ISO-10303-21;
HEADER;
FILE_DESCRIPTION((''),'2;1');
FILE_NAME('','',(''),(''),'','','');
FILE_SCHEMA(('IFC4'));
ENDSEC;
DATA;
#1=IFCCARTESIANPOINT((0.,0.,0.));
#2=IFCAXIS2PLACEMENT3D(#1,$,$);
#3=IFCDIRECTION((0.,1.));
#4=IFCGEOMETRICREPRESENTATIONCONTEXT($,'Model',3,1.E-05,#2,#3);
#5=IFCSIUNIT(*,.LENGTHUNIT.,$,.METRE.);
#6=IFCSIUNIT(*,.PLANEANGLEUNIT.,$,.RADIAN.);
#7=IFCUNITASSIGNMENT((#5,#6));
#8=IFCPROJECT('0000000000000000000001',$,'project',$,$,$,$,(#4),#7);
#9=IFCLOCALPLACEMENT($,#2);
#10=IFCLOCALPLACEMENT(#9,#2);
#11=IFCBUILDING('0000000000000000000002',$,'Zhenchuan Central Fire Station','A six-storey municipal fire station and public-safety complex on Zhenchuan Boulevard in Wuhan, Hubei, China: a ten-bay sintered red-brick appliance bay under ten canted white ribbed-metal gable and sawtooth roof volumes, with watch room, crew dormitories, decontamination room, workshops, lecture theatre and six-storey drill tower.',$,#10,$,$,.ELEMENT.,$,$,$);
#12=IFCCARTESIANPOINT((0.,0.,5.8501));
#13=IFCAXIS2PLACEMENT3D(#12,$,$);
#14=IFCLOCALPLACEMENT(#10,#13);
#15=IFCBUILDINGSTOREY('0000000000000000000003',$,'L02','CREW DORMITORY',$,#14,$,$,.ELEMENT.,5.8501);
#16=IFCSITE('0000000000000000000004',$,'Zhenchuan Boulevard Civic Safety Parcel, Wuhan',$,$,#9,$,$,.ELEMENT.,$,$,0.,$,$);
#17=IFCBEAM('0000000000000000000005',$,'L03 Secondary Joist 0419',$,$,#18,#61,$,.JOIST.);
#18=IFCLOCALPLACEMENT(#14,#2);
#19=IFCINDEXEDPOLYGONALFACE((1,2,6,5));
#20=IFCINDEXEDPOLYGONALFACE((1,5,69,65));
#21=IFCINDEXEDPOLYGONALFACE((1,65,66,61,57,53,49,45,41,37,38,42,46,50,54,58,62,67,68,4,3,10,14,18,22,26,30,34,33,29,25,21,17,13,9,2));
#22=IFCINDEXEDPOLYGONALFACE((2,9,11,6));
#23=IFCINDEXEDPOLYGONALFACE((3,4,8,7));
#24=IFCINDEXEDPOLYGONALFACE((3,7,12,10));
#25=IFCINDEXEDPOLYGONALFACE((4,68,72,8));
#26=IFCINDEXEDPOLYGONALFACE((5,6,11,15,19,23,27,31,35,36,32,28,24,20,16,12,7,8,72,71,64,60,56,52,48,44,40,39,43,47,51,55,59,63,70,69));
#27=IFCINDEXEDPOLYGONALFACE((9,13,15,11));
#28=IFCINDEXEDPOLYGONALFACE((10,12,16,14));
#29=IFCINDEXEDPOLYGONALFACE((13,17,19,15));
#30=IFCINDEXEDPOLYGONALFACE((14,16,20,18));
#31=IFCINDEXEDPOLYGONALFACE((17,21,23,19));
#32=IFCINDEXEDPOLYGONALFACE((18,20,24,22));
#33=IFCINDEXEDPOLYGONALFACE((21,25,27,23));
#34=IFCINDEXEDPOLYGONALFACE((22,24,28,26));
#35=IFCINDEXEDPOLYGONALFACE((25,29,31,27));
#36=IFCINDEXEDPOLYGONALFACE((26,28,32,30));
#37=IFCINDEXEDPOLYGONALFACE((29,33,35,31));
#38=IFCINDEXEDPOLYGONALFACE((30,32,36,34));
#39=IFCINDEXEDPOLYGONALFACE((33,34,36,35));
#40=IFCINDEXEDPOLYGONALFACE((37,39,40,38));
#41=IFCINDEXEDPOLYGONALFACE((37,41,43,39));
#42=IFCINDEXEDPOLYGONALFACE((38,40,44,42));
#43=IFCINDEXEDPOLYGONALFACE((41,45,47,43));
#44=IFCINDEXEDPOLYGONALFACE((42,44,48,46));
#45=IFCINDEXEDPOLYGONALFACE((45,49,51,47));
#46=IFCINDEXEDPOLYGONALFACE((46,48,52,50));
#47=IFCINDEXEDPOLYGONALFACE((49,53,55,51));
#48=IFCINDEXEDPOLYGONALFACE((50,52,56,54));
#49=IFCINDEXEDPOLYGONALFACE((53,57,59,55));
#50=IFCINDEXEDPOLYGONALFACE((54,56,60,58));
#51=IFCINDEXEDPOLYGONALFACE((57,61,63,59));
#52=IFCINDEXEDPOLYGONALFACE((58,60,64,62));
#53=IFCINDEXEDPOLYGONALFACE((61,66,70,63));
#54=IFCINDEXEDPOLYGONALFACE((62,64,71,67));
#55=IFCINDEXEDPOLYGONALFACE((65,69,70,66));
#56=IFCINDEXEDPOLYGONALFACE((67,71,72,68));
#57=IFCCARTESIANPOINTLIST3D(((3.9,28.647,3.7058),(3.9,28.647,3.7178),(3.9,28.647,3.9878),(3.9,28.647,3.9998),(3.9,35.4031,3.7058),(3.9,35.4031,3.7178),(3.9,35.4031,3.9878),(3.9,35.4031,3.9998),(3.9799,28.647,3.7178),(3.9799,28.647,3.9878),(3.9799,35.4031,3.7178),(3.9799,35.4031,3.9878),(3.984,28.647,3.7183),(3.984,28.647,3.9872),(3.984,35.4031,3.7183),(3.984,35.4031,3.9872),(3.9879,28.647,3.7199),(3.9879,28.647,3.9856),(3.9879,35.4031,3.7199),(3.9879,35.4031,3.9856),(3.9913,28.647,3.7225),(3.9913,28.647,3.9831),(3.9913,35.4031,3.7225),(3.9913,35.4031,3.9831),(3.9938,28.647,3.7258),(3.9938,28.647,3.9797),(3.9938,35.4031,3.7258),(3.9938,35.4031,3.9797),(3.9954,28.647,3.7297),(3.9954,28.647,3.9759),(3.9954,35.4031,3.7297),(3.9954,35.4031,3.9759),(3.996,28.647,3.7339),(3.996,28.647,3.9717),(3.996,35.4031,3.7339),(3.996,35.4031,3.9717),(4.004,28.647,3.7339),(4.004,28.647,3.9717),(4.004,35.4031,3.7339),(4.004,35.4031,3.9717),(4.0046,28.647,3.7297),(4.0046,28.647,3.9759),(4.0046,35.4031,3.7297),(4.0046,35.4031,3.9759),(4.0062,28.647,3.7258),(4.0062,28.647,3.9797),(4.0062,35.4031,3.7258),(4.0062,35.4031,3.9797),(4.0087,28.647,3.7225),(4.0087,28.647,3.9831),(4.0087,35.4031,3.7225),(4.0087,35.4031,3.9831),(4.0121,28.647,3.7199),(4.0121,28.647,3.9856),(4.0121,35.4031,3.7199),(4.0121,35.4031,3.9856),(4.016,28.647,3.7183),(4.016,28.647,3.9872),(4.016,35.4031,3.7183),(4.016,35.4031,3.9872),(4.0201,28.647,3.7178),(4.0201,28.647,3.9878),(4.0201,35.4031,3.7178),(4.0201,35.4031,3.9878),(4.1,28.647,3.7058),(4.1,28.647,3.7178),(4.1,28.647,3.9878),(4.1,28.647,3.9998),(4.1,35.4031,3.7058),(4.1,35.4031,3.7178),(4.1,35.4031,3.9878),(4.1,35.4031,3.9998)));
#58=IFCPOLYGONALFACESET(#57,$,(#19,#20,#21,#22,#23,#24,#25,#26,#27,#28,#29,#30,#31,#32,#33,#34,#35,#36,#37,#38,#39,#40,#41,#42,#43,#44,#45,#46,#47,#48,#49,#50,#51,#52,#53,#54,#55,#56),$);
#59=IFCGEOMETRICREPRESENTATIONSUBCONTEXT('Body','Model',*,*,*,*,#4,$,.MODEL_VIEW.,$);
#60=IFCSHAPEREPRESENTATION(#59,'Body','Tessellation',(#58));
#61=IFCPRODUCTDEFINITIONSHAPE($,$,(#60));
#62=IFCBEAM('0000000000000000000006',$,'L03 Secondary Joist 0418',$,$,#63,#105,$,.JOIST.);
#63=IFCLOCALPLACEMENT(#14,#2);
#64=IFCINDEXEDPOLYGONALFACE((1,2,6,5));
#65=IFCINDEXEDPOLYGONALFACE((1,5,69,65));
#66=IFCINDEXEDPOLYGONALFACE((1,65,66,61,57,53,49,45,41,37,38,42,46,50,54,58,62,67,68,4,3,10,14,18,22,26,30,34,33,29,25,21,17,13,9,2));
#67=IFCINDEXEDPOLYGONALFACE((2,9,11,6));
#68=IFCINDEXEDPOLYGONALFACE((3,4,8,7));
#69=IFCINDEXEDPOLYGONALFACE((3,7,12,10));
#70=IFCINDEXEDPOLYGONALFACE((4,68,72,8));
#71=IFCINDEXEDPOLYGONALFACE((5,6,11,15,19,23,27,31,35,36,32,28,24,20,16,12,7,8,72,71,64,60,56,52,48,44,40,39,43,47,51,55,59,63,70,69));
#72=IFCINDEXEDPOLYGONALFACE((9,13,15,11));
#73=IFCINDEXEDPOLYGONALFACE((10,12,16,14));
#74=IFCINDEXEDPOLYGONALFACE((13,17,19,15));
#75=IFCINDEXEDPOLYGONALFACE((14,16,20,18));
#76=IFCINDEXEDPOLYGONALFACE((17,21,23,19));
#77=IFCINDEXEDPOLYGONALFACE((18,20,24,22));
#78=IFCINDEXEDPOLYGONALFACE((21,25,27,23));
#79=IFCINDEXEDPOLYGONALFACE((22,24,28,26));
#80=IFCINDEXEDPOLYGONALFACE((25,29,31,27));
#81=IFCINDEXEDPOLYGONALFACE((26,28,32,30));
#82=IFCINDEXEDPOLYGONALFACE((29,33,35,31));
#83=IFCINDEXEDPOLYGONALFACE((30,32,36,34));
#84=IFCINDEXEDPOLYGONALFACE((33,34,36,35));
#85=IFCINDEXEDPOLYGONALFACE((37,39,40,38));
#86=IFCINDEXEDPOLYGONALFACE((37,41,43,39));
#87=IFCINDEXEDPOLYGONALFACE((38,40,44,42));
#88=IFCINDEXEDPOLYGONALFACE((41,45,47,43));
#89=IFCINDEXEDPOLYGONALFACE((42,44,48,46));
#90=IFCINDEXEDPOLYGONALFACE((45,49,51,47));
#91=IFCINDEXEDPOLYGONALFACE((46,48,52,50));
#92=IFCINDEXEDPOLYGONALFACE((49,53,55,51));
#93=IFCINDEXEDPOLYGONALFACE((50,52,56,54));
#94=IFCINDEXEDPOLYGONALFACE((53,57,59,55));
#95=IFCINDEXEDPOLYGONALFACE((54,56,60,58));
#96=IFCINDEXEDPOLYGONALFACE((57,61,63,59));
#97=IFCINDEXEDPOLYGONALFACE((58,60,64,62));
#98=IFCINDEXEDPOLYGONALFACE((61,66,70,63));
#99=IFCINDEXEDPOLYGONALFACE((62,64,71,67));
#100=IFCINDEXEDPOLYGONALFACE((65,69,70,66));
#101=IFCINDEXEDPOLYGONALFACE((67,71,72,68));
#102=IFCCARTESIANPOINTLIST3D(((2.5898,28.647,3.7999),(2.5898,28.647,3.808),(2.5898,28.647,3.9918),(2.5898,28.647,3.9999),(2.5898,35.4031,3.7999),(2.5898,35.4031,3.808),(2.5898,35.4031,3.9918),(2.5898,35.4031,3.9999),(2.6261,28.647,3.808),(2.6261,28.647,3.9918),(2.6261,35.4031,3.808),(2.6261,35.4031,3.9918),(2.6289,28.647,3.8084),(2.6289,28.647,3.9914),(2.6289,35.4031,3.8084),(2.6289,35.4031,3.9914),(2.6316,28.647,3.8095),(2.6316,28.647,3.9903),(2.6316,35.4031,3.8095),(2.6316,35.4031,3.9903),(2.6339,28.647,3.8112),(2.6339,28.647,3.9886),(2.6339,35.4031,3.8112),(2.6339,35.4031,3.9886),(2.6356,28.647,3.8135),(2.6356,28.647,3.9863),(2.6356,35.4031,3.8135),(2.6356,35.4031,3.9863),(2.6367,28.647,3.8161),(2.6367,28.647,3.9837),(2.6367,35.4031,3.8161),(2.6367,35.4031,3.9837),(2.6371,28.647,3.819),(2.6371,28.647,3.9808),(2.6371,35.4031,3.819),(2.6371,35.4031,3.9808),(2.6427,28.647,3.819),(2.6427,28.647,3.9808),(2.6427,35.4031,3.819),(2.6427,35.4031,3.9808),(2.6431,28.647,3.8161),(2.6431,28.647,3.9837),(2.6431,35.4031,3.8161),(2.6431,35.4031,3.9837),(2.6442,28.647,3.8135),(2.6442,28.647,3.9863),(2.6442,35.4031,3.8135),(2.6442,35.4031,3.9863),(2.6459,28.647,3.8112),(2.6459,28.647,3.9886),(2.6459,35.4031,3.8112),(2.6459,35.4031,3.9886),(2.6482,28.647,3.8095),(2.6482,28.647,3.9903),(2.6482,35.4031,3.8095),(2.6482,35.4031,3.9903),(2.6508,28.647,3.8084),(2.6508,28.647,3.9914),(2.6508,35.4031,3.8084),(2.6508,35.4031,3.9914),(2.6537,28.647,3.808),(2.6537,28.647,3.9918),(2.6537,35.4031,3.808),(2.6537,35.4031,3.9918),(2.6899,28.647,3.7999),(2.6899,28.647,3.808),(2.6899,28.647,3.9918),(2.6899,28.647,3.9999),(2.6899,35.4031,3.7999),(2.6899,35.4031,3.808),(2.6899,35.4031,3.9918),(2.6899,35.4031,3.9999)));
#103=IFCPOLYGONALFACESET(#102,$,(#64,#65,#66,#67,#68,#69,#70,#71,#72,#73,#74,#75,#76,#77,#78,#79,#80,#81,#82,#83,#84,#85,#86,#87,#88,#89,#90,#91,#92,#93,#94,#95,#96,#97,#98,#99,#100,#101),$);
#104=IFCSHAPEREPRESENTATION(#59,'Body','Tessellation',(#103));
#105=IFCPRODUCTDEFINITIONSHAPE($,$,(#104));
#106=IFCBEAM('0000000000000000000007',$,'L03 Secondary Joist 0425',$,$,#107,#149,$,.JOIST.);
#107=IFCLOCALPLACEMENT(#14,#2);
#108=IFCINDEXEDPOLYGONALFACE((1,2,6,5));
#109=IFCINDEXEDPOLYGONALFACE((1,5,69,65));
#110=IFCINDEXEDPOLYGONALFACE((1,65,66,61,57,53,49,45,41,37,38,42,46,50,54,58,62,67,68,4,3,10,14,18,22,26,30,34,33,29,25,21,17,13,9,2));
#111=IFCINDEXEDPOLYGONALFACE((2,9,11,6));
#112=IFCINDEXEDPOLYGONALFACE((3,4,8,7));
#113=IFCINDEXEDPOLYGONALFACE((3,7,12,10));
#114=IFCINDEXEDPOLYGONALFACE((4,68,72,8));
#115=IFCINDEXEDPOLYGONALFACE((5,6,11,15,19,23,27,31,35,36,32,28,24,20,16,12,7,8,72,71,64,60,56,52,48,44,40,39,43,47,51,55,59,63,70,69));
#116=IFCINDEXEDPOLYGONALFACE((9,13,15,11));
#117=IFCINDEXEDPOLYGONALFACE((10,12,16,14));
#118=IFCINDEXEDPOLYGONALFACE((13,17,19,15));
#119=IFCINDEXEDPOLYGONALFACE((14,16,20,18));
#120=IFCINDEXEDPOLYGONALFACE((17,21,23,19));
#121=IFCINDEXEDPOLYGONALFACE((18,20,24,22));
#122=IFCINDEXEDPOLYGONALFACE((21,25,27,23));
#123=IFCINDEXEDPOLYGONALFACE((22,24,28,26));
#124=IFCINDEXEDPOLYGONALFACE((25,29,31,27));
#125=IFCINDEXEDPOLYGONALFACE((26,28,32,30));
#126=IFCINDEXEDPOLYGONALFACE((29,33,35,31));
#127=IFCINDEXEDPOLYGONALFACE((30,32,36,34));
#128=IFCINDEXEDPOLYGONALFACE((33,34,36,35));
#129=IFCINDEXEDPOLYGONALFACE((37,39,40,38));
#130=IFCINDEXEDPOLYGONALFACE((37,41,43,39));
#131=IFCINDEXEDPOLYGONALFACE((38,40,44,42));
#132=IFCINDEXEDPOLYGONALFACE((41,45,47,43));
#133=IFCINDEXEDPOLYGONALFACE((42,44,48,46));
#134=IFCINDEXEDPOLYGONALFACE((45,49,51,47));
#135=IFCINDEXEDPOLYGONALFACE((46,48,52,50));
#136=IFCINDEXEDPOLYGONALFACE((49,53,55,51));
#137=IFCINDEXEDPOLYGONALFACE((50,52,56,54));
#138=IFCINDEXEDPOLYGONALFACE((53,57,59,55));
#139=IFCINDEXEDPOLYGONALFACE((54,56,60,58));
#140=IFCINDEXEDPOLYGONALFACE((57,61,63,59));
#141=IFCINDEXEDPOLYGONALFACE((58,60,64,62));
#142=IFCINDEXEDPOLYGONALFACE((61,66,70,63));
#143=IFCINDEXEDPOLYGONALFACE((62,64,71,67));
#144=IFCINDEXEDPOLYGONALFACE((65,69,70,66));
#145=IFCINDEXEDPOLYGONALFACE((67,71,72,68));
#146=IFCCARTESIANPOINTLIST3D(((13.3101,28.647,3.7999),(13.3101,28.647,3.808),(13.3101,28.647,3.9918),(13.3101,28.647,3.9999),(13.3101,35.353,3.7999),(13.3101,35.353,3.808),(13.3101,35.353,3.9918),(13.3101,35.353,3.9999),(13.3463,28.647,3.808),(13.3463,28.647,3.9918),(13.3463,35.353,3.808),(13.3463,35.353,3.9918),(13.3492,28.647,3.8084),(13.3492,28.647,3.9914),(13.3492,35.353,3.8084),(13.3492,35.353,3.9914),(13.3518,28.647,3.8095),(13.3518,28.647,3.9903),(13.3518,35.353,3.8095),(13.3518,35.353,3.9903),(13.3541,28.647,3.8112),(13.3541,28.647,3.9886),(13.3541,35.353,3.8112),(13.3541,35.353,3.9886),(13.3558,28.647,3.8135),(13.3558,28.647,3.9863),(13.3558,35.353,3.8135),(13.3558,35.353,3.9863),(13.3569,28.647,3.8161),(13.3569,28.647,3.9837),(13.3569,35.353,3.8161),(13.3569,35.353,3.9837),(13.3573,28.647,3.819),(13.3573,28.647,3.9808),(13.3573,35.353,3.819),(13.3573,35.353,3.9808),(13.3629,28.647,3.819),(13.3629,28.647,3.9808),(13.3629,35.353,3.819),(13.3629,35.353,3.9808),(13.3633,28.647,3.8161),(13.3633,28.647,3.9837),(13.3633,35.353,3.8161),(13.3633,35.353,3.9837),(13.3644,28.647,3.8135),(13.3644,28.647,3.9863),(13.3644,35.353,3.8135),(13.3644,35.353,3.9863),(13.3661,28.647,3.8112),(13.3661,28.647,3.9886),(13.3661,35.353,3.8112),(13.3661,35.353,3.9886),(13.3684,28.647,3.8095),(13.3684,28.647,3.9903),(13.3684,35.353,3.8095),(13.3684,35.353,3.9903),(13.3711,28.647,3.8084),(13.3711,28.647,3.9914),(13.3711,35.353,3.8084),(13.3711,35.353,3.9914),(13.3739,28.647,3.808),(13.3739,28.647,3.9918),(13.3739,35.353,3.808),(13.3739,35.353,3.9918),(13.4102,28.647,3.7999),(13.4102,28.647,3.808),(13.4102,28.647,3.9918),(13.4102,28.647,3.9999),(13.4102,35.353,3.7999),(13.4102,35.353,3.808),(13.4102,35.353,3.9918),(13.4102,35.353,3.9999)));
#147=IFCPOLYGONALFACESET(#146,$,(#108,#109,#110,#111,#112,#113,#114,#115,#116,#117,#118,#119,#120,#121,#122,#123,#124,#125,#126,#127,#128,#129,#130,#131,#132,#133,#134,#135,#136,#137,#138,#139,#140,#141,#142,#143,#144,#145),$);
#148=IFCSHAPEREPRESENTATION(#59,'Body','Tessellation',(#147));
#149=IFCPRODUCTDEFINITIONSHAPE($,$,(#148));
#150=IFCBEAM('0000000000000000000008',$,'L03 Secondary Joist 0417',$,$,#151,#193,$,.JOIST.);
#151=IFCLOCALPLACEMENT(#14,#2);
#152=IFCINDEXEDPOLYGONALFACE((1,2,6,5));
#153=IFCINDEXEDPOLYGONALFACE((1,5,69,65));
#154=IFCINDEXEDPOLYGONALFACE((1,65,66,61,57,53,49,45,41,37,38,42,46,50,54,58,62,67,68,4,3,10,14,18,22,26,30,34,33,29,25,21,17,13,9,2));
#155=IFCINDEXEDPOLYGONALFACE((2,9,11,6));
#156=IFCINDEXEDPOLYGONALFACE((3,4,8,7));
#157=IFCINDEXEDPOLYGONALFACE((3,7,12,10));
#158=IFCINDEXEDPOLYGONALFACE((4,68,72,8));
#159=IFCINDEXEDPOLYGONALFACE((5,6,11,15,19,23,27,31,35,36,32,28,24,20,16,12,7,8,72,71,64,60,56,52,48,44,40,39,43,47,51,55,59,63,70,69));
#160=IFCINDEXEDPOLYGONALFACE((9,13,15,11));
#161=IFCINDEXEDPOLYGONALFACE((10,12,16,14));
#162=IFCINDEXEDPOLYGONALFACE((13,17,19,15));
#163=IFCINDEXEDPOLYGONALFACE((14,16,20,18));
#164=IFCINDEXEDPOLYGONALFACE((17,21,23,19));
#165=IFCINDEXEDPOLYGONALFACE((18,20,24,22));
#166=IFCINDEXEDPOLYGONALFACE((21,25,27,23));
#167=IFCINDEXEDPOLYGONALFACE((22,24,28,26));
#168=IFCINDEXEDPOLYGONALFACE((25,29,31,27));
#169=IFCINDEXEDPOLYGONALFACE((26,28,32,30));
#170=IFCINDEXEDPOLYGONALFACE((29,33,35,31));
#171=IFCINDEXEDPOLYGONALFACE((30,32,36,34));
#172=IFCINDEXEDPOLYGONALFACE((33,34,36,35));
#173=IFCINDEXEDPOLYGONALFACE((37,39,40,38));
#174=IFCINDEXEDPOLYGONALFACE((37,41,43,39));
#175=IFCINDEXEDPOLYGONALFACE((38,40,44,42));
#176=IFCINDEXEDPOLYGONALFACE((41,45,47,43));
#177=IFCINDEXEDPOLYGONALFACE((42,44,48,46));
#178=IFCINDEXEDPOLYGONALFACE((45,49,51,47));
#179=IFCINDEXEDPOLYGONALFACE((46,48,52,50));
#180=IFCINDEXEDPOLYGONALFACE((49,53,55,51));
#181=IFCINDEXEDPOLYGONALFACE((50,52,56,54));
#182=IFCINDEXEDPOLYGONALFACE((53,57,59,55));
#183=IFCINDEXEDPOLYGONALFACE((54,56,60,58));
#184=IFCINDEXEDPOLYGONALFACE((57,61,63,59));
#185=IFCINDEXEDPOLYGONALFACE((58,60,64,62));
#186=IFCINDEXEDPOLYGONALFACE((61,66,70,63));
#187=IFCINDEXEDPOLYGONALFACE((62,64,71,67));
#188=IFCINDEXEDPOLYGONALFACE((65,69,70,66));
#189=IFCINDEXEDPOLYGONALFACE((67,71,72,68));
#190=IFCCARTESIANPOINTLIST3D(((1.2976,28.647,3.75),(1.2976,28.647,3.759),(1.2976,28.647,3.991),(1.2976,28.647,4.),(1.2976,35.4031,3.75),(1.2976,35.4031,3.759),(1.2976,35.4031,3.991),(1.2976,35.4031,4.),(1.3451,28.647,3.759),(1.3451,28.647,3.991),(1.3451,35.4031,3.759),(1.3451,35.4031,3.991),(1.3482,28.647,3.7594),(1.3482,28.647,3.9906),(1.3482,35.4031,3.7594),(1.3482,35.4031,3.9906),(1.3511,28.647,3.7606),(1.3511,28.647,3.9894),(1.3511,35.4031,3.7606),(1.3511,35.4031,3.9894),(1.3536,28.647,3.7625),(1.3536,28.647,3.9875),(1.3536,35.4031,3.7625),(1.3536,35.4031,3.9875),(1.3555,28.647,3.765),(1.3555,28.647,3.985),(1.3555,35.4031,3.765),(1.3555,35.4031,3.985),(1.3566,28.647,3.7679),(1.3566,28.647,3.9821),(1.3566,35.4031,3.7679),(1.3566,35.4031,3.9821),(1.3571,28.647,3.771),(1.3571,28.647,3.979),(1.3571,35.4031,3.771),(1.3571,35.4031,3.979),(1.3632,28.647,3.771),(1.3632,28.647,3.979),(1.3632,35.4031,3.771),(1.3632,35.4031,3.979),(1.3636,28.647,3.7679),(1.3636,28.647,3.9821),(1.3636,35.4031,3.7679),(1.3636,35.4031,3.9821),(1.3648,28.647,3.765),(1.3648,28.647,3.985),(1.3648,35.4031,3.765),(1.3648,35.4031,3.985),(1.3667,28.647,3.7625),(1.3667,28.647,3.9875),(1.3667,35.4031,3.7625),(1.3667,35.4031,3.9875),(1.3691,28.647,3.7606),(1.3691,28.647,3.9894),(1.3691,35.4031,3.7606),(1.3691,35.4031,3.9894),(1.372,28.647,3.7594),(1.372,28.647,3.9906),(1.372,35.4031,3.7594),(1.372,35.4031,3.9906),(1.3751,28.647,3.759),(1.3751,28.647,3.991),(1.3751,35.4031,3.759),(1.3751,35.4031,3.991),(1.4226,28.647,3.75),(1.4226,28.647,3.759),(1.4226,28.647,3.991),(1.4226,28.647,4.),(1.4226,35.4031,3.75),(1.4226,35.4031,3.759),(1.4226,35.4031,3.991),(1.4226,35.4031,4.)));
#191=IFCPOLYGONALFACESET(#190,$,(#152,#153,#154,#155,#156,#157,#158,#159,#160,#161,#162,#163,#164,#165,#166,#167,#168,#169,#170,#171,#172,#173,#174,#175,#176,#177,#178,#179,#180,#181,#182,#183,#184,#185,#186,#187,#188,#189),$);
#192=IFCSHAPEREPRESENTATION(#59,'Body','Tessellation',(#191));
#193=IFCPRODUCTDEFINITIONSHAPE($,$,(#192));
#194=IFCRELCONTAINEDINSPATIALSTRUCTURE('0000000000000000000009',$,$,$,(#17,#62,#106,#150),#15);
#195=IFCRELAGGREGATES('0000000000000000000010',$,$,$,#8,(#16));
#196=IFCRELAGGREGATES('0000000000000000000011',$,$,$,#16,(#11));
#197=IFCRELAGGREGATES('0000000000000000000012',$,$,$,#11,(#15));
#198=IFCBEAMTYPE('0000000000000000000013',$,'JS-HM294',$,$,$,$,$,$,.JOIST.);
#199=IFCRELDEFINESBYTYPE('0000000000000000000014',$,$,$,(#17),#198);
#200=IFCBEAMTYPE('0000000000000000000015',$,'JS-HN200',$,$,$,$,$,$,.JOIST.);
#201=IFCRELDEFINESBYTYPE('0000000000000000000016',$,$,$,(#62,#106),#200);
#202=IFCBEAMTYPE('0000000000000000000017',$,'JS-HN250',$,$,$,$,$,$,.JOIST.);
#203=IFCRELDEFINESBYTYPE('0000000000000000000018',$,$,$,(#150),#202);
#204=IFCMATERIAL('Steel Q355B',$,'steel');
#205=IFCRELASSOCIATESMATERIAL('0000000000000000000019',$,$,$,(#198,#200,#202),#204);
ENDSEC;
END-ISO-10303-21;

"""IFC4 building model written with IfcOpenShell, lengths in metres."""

from ifc_helpers import new_model, si_unit, direction, frame, origin, origin_2d, place, context, subcontext, project, spatial, i_section, extrude, material, material_profile, profile_set, type_object, element, save


model = new_model("IFC4")

# Units and contexts
model_context = context("Model", 3, precision=1e-05, world=origin(), true_north=direction((0.0, 1.0)))
body_context = subcontext(model_context, "Body", "Model", "MODEL_VIEW")
ifc_project = project(units=[si_unit("LENGTHUNIT", "METRE"), si_unit("PLANEANGLEUNIT", "RADIAN")], contexts=[model_context])

# Site, building, storey
site_placement = place(None, origin())
site = spatial("IfcSite", under=ifc_project, at=site_placement, Name="Zhenchuan Boulevard Civic Safety Parcel, Wuhan", CompositionType="ELEMENT", RefElevation=0.0)
building_placement = place(site_placement, origin())
building = spatial("IfcBuilding", under=site, at=building_placement, Name="Zhenchuan Central Fire Station", Description="A six-storey municipal fire station and public-safety complex on Zhenchuan Boulevard in Wuhan, Hubei, China: a ten-bay sintered red-brick appliance bay under ten canted white ribbed-metal gable and sawtooth roof volumes, with watch room, crew dormitories, decontamination room, workshops, lecture theatre and six-storey drill tower.", CompositionType="ELEMENT")
storey_placement = place(building_placement, frame((0.0, 0.0, 5.8501)))
storey = spatial("IfcBuildingStorey", under=building, at=storey_placement, Name="L02", Description="CREW DORMITORY", CompositionType="ELEMENT", Elevation=5.8501)

# Shared definitions
ifc_material_1 = material(Name="Steel Q355B", Category="steel")

# Beams
ifc_material_profile_1 = material_profile(ifc_material_1, i_section(OverallWidth=0.2, OverallDepth=0.2939, WebThickness=0.0081, FlangeThickness=0.012, FilletRadius=0.0161, at=origin_2d()), Name="HM 294x200")
ifc_profile_set_1 = profile_set([ifc_material_profile_1], Name="Steel Q355B")
beam_type_1 = type_object("IfcBeamType", Name="JS-HM294", PredefinedType="JOIST", material=ifc_profile_set_1)
beam_1_placement = place(storey_placement, frame((4.0, 28.647, 3.8528), z_axis=(0.0, 1.0, 0.0), x_axis=(-1.0, 0.0, 0.0)))
element("IfcBeam", 1, at=beam_1_placement, inside=storey, type_object=beam_type_1, Name="L03 Secondary Joist 0419", PredefinedType="JOIST", context=body_context, shape_type="SweptSolid", body=[
    extrude(i_section(OverallWidth=0.2, OverallDepth=0.2939, WebThickness=0.0081, FlangeThickness=0.012, FilletRadius=0.0161, at=origin_2d()), origin(), (0.0, 0.0, 1.0), 6.7561),
])
ifc_material_profile_2 = material_profile(ifc_material_1, i_section(OverallWidth=0.1001, OverallDepth=0.2, WebThickness=0.0056, FlangeThickness=0.0081, FilletRadius=0.011, at=origin_2d()), Name="HN 200x100")
ifc_profile_set_2 = profile_set([ifc_material_profile_2], Name="Steel Q355B")
beam_type_2 = type_object("IfcBeamType", Name="JS-HN200", PredefinedType="JOIST", material=ifc_profile_set_2)
beam_2_placement = place(storey_placement, frame((2.6399, 28.647, 3.8999), z_axis=(0.0, 1.0, 0.0), x_axis=(-1.0, 0.0, 0.0)))
element("IfcBeam", 2, at=beam_2_placement, inside=storey, type_object=beam_type_2, Name="L03 Secondary Joist 0418", PredefinedType="JOIST", context=body_context, shape_type="SweptSolid", body=[
    extrude(i_section(OverallWidth=0.1001, OverallDepth=0.2, WebThickness=0.0056, FlangeThickness=0.0081, FilletRadius=0.011, at=origin_2d()), origin(), (0.0, 0.0, 1.0), 6.7561),
])
beam_3_placement = place(storey_placement, frame((13.3601, 28.647, 3.8999), z_axis=(0.0, 1.0, 0.0), x_axis=(-1.0, 0.0, 0.0)))
element("IfcBeam", 3, at=beam_3_placement, inside=storey, type_object=beam_type_2, Name="L03 Secondary Joist 0425", PredefinedType="JOIST", context=body_context, shape_type="SweptSolid", body=[
    extrude(i_section(OverallWidth=0.1001, OverallDepth=0.2, WebThickness=0.0056, FlangeThickness=0.0081, FilletRadius=0.011, at=origin_2d()), origin(), (0.0, 0.0, 1.0), 6.7061),
])
ifc_material_profile_3 = material_profile(ifc_material_1, i_section(OverallWidth=0.125, OverallDepth=0.25, WebThickness=0.0061, FlangeThickness=0.009, FilletRadius=0.012, at=origin_2d()), Name="HN 250x125")
ifc_profile_set_3 = profile_set([ifc_material_profile_3], Name="Steel Q355B")
beam_type_3 = type_object("IfcBeamType", Name="JS-HN250", PredefinedType="JOIST", material=ifc_profile_set_3)
beam_4_placement = place(storey_placement, frame((1.3601, 28.647, 3.875), z_axis=(0.0, 1.0, 0.0), x_axis=(-1.0, 0.0, 0.0)))
element("IfcBeam", 4, at=beam_4_placement, inside=storey, type_object=beam_type_3, Name="L03 Secondary Joist 0417", PredefinedType="JOIST", context=body_context, shape_type="SweptSolid", body=[
    extrude(i_section(OverallWidth=0.125, OverallDepth=0.25, WebThickness=0.0061, FlangeThickness=0.009, FilletRadius=0.012, at=origin_2d()), origin(), (0.0, 0.0, 1.0), 6.7561),
])

save(model, "model.ifc")
